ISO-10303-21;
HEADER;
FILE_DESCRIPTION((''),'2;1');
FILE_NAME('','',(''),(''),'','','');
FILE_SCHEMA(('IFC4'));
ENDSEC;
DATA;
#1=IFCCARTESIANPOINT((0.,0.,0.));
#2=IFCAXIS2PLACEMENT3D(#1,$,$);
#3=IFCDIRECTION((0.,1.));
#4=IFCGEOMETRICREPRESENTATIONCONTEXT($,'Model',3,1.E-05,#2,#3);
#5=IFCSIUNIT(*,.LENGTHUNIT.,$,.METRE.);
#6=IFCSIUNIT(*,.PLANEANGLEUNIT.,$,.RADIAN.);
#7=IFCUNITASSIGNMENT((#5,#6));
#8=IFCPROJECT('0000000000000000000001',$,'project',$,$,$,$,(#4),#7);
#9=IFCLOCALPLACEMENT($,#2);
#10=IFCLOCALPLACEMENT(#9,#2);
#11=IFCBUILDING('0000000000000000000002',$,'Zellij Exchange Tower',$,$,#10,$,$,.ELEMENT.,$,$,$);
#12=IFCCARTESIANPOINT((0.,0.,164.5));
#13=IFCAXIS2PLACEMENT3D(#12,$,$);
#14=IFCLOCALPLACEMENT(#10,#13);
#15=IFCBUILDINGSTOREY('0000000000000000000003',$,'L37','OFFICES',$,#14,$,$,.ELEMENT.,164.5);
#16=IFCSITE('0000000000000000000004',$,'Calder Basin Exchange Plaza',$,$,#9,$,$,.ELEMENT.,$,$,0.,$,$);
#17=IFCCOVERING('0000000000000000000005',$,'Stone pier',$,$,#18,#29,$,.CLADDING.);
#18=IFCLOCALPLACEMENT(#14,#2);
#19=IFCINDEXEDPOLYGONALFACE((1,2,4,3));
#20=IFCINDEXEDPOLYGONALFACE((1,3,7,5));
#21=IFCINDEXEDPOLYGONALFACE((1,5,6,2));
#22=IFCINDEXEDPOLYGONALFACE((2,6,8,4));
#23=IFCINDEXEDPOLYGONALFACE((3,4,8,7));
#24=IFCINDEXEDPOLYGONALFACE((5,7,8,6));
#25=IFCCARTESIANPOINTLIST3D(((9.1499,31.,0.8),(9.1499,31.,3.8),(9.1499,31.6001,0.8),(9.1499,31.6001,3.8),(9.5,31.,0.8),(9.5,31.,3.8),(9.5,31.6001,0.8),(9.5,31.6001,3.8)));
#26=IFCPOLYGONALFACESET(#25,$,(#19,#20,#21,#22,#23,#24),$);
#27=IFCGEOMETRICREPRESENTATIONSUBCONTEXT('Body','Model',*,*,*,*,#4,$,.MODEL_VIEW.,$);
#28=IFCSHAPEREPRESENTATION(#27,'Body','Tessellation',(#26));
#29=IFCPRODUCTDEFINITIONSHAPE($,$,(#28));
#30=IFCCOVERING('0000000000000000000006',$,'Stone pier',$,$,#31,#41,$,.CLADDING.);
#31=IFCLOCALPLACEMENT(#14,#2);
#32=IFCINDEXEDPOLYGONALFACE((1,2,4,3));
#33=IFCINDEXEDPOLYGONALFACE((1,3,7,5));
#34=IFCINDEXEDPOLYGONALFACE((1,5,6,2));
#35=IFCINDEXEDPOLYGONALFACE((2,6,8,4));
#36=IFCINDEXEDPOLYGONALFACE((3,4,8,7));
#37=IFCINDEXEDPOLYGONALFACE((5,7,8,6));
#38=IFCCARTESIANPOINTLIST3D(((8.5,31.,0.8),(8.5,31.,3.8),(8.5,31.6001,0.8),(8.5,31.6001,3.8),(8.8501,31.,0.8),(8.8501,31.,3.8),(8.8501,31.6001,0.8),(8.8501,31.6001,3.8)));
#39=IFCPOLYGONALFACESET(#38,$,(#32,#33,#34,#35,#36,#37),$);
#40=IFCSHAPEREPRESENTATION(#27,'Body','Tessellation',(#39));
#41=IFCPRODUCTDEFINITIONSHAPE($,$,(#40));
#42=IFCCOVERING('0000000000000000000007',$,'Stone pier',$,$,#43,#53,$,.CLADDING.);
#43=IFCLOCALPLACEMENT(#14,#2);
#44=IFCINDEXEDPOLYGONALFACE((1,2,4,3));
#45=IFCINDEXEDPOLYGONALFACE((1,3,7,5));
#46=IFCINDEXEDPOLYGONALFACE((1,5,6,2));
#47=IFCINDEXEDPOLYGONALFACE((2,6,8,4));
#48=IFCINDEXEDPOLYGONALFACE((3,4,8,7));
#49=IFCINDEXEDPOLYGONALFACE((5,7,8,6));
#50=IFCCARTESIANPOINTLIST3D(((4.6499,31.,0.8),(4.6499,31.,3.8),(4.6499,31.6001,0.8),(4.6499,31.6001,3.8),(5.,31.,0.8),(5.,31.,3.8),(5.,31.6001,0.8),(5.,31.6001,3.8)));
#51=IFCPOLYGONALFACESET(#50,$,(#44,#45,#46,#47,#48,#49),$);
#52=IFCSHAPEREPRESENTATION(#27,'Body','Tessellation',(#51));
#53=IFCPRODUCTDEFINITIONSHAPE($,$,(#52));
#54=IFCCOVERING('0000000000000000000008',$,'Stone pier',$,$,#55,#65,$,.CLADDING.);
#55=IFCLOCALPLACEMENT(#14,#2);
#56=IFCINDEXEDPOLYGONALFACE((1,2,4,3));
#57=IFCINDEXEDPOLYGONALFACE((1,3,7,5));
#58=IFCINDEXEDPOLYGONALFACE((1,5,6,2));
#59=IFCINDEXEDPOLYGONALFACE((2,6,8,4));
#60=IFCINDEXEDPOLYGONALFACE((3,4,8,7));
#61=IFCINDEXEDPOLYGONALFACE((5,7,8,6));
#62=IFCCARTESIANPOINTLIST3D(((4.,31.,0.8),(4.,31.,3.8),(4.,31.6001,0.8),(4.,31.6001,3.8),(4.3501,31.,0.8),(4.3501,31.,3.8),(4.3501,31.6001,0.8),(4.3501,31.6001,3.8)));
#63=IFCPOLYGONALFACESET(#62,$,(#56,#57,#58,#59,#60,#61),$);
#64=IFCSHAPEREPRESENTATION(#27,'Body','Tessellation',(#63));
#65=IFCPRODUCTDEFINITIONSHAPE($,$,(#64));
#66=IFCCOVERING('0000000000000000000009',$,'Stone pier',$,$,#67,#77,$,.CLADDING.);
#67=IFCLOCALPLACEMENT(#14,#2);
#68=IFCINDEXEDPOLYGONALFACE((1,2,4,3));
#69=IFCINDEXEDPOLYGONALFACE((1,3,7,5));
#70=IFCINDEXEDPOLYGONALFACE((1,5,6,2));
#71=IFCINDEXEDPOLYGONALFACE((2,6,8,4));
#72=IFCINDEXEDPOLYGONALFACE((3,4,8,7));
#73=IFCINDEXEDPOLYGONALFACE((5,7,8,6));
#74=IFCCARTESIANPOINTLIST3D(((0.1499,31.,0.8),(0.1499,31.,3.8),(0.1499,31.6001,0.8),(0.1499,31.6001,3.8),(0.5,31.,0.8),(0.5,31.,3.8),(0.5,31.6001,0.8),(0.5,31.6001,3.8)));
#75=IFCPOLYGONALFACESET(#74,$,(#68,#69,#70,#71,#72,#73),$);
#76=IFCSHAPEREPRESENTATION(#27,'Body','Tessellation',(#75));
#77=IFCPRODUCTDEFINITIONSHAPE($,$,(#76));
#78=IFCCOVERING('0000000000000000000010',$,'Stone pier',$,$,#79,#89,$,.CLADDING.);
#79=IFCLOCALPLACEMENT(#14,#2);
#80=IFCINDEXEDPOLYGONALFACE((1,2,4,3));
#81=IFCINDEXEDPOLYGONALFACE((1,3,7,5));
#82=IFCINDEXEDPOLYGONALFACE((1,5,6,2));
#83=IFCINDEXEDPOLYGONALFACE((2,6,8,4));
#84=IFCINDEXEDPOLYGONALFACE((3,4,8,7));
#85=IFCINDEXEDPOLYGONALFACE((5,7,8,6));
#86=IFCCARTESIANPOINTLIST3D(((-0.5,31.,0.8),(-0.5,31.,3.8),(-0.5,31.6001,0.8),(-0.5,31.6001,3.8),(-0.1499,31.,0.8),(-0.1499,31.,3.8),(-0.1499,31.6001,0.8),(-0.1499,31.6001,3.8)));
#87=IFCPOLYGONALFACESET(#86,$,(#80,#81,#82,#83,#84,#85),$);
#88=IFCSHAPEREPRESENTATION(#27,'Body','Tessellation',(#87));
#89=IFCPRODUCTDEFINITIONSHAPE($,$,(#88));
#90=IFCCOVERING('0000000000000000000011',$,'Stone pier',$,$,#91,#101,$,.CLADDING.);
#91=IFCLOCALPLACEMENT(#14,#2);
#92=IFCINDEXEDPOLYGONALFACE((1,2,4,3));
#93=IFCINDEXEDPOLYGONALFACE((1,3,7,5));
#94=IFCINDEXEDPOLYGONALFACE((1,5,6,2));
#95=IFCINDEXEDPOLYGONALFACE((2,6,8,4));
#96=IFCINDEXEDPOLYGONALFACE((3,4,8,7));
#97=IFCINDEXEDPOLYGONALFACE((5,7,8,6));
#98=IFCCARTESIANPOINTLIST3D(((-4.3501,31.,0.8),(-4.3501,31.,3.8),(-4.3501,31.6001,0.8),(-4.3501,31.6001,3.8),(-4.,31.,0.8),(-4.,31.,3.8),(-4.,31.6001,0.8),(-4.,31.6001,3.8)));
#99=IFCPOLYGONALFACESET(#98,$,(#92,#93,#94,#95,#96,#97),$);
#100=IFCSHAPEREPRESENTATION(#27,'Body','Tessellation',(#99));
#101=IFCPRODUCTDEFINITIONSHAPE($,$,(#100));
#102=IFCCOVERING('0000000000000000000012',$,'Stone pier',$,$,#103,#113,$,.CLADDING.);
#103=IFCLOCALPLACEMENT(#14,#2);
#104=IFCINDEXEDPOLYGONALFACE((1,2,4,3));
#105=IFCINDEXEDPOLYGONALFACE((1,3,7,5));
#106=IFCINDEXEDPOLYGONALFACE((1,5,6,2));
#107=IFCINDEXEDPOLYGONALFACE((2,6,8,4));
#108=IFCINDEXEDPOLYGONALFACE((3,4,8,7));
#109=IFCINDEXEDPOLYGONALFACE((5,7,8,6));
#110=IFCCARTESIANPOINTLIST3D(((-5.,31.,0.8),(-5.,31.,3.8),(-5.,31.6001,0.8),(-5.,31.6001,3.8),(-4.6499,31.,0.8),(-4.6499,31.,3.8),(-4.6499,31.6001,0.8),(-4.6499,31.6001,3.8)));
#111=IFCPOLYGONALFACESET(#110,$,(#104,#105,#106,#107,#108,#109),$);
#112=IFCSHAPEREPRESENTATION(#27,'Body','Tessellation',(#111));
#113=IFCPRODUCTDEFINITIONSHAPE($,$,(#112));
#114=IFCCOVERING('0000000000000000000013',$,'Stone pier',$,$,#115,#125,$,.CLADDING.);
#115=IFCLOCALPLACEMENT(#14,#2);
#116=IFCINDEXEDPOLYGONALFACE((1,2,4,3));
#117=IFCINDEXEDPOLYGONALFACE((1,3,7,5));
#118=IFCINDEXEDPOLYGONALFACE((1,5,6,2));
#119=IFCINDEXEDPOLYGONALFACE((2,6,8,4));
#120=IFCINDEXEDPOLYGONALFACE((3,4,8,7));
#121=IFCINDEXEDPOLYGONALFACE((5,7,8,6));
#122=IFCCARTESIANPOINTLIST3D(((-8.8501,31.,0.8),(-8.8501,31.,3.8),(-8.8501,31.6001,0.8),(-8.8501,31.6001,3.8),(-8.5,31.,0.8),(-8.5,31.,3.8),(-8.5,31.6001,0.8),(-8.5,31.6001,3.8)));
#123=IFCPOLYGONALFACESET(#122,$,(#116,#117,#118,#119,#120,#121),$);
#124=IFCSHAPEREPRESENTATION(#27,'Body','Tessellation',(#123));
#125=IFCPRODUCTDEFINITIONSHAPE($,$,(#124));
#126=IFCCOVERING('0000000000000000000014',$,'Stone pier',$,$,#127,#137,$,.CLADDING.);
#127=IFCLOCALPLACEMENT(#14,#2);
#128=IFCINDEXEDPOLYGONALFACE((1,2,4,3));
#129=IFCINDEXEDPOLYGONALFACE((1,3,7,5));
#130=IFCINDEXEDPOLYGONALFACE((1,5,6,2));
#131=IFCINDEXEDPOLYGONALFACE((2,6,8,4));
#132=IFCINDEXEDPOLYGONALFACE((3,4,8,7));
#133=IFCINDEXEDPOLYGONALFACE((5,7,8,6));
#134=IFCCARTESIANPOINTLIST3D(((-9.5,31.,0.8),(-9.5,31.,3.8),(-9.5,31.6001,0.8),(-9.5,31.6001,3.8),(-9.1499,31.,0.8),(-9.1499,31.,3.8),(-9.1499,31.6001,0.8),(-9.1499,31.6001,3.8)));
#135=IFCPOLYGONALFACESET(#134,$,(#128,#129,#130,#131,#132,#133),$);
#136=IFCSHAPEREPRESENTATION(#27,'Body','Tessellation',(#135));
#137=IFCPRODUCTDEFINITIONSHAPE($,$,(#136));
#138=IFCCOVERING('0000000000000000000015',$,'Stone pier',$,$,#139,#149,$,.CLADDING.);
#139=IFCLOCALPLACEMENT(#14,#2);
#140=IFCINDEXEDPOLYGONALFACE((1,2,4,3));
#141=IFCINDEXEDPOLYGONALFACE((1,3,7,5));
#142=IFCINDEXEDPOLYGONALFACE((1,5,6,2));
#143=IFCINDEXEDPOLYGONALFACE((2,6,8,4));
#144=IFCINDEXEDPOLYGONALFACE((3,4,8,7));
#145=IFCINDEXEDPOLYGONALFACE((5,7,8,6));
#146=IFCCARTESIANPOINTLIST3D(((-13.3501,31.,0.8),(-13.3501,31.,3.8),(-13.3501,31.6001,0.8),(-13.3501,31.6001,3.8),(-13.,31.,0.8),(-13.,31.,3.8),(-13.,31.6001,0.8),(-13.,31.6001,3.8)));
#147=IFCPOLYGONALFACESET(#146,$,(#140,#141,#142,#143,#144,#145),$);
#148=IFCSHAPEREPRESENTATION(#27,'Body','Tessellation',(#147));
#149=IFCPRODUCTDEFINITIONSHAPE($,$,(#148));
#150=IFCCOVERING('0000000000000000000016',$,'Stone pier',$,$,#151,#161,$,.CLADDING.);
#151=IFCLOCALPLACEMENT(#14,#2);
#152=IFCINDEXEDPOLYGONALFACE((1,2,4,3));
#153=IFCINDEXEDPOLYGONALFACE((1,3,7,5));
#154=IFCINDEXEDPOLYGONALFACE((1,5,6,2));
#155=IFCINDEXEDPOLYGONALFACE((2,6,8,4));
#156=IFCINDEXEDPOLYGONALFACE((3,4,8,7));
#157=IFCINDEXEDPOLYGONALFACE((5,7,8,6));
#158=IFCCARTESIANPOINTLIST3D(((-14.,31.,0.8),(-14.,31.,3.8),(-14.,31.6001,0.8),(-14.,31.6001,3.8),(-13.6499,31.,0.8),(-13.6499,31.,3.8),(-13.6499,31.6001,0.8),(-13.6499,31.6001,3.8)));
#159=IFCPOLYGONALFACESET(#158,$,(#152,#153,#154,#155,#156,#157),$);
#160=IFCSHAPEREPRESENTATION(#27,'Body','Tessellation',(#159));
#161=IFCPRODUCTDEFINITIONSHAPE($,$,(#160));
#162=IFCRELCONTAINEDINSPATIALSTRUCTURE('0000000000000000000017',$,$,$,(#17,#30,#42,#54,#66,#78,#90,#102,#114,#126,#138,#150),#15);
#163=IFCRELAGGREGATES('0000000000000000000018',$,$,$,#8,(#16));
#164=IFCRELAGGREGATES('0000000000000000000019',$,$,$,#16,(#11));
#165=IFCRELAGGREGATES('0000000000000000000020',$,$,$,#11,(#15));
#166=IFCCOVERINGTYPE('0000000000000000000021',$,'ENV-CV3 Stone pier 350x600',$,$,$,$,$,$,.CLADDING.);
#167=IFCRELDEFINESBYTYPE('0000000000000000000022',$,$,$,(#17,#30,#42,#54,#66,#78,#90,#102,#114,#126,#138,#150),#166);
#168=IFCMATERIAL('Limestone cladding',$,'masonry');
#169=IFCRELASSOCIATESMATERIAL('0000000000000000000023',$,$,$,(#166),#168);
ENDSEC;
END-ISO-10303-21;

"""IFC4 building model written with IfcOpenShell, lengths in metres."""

from ifc_helpers import new_model, si_unit, direction, frame, origin, place, context, subcontext, project, spatial, polyline, outline, extrude, material, type_object, element, save


model = new_model("IFC4")

# Units and contexts
model_context = context("Model", 3, precision=1e-05, world=origin(), true_north=direction((0.0, 1.0)))
body_context = subcontext(model_context, "Body", "Model", "MODEL_VIEW")
ifc_project = project(units=[si_unit("LENGTHUNIT", "METRE"), si_unit("PLANEANGLEUNIT", "RADIAN")], contexts=[model_context])

# Site, building, storey
site_placement = place(None, origin())
site = spatial("IfcSite", under=ifc_project, at=site_placement, Name="Calder Basin Exchange Plaza", CompositionType="ELEMENT", RefElevation=0.0)
building_placement = place(site_placement, origin())
building = spatial("IfcBuilding", under=site, at=building_placement, Name="Zellij Exchange Tower", CompositionType="ELEMENT")
storey_placement = place(building_placement, frame((0.0, 0.0, 164.5)))
storey = spatial("IfcBuildingStorey", under=building, at=storey_placement, Name="L37", Description="OFFICES", CompositionType="ELEMENT", Elevation=164.5)

# Coverings
ifc_material = material(Name="Limestone cladding", Category="masonry")
covering_type = type_object("IfcCoveringType", Name="ENV-CV3 Stone pier 350x600", PredefinedType="CLADDING", material=ifc_material)
covering_1_placement = place(storey_placement, frame((0.0, 0.0, 0.8)))
element("IfcCovering", 1, at=covering_1_placement, inside=storey, type_object=covering_type, Name="Stone pier", PredefinedType="CLADDING", context=body_context, shape_type="SweptSolid", body=[
    extrude(outline(polyline([(9.5, 31.0), (9.1499, 31.0), (9.1499, 31.6001), (9.5, 31.6001), (9.5, 31.0)])), origin(), (0.0, 0.0, 1.0), 3.0),
])
covering_2_placement = place(storey_placement, frame((0.0, 0.0, 0.8)))
element("IfcCovering", 2, at=covering_2_placement, inside=storey, type_object=covering_type, Name="Stone pier", PredefinedType="CLADDING", context=body_context, shape_type="SweptSolid", body=[
    extrude(outline(polyline([(8.8501, 31.0), (8.5, 31.0), (8.5, 31.6001), (8.8501, 31.6001), (8.8501, 31.0)])), origin(), (0.0, 0.0, 1.0), 3.0),
])
covering_3_placement = place(storey_placement, frame((0.0, 0.0, 0.8)))
element("IfcCovering", 3, at=covering_3_placement, inside=storey, type_object=covering_type, Name="Stone pier", PredefinedType="CLADDING", context=body_context, shape_type="SweptSolid", body=[
    extrude(outline(polyline([(5.0, 31.0), (4.6499, 31.0), (4.6499, 31.6001), (5.0, 31.6001), (5.0, 31.0)])), origin(), (0.0, 0.0, 1.0), 3.0),
])
covering_4_placement = place(storey_placement, frame((0.0, 0.0, 0.8)))
element("IfcCovering", 4, at=covering_4_placement, inside=storey, type_object=covering_type, Name="Stone pier", PredefinedType="CLADDING", context=body_context, shape_type="SweptSolid", body=[
    extrude(outline(polyline([(4.3501, 31.0), (4.0, 31.0), (4.0, 31.6001), (4.3501, 31.6001), (4.3501, 31.0)])), origin(), (0.0, 0.0, 1.0), 3.0),
])
covering_5_placement = place(storey_placement, frame((0.0, 0.0, 0.8)))
element("IfcCovering", 5, at=covering_5_placement, inside=storey, type_object=covering_type, Name="Stone pier", PredefinedType="CLADDING", context=body_context, shape_type="SweptSolid", body=[
    extrude(outline(polyline([(0.5, 31.0), (0.1499, 31.0), (0.1499, 31.6001), (0.5, 31.6001), (0.5, 31.0)])), origin(), (0.0, 0.0, 1.0), 3.0),
])
covering_6_placement = place(storey_placement, frame((0.0, 0.0, 0.8)))
element("IfcCovering", 6, at=covering_6_placement, inside=storey, type_object=covering_type, Name="Stone pier", PredefinedType="CLADDING", context=body_context, shape_type="SweptSolid", body=[
    extrude(outline(polyline([(-0.1499, 31.0), (-0.5, 31.0), (-0.5, 31.6001), (-0.1499, 31.6001), (-0.1499, 31.0)])), origin(), (0.0, 0.0, 1.0), 3.0),
])
covering_7_placement = place(storey_placement, frame((0.0, 0.0, 0.8)))
element("IfcCovering", 7, at=covering_7_placement, inside=storey, type_object=covering_type, Name="Stone pier", PredefinedType="CLADDING", context=body_context, shape_type="SweptSolid", body=[
    extrude(outline(polyline([(-4.0, 31.0), (-4.3501, 31.0), (-4.3501, 31.6001), (-4.0, 31.6001), (-4.0, 31.0)])), origin(), (0.0, 0.0, 1.0), 3.0),
])
covering_8_placement = place(storey_placement, frame((0.0, 0.0, 0.8)))
element("IfcCovering", 8, at=covering_8_placement, inside=storey, type_object=covering_type, Name="Stone pier", PredefinedType="CLADDING", context=body_context, shape_type="SweptSolid", body=[
    extrude(outline(polyline([(-4.6499, 31.0), (-5.0, 31.0), (-5.0, 31.6001), (-4.6499, 31.6001), (-4.6499, 31.0)])), origin(), (0.0, 0.0, 1.0), 3.0),
])
covering_9_placement = place(storey_placement, frame((0.0, 0.0, 0.8)))
element("IfcCovering", 9, at=covering_9_placement, inside=storey, type_object=covering_type, Name="Stone pier", PredefinedType="CLADDING", context=body_context, shape_type="SweptSolid", body=[
    extrude(outline(polyline([(-8.5, 31.0), (-8.8501, 31.0), (-8.8501, 31.6001), (-8.5, 31.6001), (-8.5, 31.0)])), origin(), (0.0, 0.0, 1.0), 3.0),
])
covering_10_placement = place(storey_placement, frame((0.0, 0.0, 0.8)))
element("IfcCovering", 10, at=covering_10_placement, inside=storey, type_object=covering_type, Name="Stone pier", PredefinedType="CLADDING", context=body_context, shape_type="SweptSolid", body=[
    extrude(outline(polyline([(-9.1499, 31.0), (-9.5, 31.0), (-9.5, 31.6001), (-9.1499, 31.6001), (-9.1499, 31.0)])), origin(), (0.0, 0.0, 1.0), 3.0),
])
covering_11_placement = place(storey_placement, frame((0.0, 0.0, 0.8)))
element("IfcCovering", 11, at=covering_11_placement, inside=storey, type_object=covering_type, Name="Stone pier", PredefinedType="CLADDING", context=body_context, shape_type="SweptSolid", body=[
    extrude(outline(polyline([(-13.0, 31.0), (-13.3501, 31.0), (-13.3501, 31.6001), (-13.0, 31.6001), (-13.0, 31.0)])), origin(), (0.0, 0.0, 1.0), 3.0),
])
covering_12_placement = place(storey_placement, frame((0.0, 0.0, 0.8)))
element("IfcCovering", 12, at=covering_12_placement, inside=storey, type_object=covering_type, Name="Stone pier", PredefinedType="CLADDING", context=body_context, shape_type="SweptSolid", body=[
    extrude(outline(polyline([(-13.6499, 31.0), (-14.0, 31.0), (-14.0, 31.6001), (-13.6499, 31.6001), (-13.6499, 31.0)])), origin(), (0.0, 0.0, 1.0), 3.0),
])

save(model, "model.ifc")
